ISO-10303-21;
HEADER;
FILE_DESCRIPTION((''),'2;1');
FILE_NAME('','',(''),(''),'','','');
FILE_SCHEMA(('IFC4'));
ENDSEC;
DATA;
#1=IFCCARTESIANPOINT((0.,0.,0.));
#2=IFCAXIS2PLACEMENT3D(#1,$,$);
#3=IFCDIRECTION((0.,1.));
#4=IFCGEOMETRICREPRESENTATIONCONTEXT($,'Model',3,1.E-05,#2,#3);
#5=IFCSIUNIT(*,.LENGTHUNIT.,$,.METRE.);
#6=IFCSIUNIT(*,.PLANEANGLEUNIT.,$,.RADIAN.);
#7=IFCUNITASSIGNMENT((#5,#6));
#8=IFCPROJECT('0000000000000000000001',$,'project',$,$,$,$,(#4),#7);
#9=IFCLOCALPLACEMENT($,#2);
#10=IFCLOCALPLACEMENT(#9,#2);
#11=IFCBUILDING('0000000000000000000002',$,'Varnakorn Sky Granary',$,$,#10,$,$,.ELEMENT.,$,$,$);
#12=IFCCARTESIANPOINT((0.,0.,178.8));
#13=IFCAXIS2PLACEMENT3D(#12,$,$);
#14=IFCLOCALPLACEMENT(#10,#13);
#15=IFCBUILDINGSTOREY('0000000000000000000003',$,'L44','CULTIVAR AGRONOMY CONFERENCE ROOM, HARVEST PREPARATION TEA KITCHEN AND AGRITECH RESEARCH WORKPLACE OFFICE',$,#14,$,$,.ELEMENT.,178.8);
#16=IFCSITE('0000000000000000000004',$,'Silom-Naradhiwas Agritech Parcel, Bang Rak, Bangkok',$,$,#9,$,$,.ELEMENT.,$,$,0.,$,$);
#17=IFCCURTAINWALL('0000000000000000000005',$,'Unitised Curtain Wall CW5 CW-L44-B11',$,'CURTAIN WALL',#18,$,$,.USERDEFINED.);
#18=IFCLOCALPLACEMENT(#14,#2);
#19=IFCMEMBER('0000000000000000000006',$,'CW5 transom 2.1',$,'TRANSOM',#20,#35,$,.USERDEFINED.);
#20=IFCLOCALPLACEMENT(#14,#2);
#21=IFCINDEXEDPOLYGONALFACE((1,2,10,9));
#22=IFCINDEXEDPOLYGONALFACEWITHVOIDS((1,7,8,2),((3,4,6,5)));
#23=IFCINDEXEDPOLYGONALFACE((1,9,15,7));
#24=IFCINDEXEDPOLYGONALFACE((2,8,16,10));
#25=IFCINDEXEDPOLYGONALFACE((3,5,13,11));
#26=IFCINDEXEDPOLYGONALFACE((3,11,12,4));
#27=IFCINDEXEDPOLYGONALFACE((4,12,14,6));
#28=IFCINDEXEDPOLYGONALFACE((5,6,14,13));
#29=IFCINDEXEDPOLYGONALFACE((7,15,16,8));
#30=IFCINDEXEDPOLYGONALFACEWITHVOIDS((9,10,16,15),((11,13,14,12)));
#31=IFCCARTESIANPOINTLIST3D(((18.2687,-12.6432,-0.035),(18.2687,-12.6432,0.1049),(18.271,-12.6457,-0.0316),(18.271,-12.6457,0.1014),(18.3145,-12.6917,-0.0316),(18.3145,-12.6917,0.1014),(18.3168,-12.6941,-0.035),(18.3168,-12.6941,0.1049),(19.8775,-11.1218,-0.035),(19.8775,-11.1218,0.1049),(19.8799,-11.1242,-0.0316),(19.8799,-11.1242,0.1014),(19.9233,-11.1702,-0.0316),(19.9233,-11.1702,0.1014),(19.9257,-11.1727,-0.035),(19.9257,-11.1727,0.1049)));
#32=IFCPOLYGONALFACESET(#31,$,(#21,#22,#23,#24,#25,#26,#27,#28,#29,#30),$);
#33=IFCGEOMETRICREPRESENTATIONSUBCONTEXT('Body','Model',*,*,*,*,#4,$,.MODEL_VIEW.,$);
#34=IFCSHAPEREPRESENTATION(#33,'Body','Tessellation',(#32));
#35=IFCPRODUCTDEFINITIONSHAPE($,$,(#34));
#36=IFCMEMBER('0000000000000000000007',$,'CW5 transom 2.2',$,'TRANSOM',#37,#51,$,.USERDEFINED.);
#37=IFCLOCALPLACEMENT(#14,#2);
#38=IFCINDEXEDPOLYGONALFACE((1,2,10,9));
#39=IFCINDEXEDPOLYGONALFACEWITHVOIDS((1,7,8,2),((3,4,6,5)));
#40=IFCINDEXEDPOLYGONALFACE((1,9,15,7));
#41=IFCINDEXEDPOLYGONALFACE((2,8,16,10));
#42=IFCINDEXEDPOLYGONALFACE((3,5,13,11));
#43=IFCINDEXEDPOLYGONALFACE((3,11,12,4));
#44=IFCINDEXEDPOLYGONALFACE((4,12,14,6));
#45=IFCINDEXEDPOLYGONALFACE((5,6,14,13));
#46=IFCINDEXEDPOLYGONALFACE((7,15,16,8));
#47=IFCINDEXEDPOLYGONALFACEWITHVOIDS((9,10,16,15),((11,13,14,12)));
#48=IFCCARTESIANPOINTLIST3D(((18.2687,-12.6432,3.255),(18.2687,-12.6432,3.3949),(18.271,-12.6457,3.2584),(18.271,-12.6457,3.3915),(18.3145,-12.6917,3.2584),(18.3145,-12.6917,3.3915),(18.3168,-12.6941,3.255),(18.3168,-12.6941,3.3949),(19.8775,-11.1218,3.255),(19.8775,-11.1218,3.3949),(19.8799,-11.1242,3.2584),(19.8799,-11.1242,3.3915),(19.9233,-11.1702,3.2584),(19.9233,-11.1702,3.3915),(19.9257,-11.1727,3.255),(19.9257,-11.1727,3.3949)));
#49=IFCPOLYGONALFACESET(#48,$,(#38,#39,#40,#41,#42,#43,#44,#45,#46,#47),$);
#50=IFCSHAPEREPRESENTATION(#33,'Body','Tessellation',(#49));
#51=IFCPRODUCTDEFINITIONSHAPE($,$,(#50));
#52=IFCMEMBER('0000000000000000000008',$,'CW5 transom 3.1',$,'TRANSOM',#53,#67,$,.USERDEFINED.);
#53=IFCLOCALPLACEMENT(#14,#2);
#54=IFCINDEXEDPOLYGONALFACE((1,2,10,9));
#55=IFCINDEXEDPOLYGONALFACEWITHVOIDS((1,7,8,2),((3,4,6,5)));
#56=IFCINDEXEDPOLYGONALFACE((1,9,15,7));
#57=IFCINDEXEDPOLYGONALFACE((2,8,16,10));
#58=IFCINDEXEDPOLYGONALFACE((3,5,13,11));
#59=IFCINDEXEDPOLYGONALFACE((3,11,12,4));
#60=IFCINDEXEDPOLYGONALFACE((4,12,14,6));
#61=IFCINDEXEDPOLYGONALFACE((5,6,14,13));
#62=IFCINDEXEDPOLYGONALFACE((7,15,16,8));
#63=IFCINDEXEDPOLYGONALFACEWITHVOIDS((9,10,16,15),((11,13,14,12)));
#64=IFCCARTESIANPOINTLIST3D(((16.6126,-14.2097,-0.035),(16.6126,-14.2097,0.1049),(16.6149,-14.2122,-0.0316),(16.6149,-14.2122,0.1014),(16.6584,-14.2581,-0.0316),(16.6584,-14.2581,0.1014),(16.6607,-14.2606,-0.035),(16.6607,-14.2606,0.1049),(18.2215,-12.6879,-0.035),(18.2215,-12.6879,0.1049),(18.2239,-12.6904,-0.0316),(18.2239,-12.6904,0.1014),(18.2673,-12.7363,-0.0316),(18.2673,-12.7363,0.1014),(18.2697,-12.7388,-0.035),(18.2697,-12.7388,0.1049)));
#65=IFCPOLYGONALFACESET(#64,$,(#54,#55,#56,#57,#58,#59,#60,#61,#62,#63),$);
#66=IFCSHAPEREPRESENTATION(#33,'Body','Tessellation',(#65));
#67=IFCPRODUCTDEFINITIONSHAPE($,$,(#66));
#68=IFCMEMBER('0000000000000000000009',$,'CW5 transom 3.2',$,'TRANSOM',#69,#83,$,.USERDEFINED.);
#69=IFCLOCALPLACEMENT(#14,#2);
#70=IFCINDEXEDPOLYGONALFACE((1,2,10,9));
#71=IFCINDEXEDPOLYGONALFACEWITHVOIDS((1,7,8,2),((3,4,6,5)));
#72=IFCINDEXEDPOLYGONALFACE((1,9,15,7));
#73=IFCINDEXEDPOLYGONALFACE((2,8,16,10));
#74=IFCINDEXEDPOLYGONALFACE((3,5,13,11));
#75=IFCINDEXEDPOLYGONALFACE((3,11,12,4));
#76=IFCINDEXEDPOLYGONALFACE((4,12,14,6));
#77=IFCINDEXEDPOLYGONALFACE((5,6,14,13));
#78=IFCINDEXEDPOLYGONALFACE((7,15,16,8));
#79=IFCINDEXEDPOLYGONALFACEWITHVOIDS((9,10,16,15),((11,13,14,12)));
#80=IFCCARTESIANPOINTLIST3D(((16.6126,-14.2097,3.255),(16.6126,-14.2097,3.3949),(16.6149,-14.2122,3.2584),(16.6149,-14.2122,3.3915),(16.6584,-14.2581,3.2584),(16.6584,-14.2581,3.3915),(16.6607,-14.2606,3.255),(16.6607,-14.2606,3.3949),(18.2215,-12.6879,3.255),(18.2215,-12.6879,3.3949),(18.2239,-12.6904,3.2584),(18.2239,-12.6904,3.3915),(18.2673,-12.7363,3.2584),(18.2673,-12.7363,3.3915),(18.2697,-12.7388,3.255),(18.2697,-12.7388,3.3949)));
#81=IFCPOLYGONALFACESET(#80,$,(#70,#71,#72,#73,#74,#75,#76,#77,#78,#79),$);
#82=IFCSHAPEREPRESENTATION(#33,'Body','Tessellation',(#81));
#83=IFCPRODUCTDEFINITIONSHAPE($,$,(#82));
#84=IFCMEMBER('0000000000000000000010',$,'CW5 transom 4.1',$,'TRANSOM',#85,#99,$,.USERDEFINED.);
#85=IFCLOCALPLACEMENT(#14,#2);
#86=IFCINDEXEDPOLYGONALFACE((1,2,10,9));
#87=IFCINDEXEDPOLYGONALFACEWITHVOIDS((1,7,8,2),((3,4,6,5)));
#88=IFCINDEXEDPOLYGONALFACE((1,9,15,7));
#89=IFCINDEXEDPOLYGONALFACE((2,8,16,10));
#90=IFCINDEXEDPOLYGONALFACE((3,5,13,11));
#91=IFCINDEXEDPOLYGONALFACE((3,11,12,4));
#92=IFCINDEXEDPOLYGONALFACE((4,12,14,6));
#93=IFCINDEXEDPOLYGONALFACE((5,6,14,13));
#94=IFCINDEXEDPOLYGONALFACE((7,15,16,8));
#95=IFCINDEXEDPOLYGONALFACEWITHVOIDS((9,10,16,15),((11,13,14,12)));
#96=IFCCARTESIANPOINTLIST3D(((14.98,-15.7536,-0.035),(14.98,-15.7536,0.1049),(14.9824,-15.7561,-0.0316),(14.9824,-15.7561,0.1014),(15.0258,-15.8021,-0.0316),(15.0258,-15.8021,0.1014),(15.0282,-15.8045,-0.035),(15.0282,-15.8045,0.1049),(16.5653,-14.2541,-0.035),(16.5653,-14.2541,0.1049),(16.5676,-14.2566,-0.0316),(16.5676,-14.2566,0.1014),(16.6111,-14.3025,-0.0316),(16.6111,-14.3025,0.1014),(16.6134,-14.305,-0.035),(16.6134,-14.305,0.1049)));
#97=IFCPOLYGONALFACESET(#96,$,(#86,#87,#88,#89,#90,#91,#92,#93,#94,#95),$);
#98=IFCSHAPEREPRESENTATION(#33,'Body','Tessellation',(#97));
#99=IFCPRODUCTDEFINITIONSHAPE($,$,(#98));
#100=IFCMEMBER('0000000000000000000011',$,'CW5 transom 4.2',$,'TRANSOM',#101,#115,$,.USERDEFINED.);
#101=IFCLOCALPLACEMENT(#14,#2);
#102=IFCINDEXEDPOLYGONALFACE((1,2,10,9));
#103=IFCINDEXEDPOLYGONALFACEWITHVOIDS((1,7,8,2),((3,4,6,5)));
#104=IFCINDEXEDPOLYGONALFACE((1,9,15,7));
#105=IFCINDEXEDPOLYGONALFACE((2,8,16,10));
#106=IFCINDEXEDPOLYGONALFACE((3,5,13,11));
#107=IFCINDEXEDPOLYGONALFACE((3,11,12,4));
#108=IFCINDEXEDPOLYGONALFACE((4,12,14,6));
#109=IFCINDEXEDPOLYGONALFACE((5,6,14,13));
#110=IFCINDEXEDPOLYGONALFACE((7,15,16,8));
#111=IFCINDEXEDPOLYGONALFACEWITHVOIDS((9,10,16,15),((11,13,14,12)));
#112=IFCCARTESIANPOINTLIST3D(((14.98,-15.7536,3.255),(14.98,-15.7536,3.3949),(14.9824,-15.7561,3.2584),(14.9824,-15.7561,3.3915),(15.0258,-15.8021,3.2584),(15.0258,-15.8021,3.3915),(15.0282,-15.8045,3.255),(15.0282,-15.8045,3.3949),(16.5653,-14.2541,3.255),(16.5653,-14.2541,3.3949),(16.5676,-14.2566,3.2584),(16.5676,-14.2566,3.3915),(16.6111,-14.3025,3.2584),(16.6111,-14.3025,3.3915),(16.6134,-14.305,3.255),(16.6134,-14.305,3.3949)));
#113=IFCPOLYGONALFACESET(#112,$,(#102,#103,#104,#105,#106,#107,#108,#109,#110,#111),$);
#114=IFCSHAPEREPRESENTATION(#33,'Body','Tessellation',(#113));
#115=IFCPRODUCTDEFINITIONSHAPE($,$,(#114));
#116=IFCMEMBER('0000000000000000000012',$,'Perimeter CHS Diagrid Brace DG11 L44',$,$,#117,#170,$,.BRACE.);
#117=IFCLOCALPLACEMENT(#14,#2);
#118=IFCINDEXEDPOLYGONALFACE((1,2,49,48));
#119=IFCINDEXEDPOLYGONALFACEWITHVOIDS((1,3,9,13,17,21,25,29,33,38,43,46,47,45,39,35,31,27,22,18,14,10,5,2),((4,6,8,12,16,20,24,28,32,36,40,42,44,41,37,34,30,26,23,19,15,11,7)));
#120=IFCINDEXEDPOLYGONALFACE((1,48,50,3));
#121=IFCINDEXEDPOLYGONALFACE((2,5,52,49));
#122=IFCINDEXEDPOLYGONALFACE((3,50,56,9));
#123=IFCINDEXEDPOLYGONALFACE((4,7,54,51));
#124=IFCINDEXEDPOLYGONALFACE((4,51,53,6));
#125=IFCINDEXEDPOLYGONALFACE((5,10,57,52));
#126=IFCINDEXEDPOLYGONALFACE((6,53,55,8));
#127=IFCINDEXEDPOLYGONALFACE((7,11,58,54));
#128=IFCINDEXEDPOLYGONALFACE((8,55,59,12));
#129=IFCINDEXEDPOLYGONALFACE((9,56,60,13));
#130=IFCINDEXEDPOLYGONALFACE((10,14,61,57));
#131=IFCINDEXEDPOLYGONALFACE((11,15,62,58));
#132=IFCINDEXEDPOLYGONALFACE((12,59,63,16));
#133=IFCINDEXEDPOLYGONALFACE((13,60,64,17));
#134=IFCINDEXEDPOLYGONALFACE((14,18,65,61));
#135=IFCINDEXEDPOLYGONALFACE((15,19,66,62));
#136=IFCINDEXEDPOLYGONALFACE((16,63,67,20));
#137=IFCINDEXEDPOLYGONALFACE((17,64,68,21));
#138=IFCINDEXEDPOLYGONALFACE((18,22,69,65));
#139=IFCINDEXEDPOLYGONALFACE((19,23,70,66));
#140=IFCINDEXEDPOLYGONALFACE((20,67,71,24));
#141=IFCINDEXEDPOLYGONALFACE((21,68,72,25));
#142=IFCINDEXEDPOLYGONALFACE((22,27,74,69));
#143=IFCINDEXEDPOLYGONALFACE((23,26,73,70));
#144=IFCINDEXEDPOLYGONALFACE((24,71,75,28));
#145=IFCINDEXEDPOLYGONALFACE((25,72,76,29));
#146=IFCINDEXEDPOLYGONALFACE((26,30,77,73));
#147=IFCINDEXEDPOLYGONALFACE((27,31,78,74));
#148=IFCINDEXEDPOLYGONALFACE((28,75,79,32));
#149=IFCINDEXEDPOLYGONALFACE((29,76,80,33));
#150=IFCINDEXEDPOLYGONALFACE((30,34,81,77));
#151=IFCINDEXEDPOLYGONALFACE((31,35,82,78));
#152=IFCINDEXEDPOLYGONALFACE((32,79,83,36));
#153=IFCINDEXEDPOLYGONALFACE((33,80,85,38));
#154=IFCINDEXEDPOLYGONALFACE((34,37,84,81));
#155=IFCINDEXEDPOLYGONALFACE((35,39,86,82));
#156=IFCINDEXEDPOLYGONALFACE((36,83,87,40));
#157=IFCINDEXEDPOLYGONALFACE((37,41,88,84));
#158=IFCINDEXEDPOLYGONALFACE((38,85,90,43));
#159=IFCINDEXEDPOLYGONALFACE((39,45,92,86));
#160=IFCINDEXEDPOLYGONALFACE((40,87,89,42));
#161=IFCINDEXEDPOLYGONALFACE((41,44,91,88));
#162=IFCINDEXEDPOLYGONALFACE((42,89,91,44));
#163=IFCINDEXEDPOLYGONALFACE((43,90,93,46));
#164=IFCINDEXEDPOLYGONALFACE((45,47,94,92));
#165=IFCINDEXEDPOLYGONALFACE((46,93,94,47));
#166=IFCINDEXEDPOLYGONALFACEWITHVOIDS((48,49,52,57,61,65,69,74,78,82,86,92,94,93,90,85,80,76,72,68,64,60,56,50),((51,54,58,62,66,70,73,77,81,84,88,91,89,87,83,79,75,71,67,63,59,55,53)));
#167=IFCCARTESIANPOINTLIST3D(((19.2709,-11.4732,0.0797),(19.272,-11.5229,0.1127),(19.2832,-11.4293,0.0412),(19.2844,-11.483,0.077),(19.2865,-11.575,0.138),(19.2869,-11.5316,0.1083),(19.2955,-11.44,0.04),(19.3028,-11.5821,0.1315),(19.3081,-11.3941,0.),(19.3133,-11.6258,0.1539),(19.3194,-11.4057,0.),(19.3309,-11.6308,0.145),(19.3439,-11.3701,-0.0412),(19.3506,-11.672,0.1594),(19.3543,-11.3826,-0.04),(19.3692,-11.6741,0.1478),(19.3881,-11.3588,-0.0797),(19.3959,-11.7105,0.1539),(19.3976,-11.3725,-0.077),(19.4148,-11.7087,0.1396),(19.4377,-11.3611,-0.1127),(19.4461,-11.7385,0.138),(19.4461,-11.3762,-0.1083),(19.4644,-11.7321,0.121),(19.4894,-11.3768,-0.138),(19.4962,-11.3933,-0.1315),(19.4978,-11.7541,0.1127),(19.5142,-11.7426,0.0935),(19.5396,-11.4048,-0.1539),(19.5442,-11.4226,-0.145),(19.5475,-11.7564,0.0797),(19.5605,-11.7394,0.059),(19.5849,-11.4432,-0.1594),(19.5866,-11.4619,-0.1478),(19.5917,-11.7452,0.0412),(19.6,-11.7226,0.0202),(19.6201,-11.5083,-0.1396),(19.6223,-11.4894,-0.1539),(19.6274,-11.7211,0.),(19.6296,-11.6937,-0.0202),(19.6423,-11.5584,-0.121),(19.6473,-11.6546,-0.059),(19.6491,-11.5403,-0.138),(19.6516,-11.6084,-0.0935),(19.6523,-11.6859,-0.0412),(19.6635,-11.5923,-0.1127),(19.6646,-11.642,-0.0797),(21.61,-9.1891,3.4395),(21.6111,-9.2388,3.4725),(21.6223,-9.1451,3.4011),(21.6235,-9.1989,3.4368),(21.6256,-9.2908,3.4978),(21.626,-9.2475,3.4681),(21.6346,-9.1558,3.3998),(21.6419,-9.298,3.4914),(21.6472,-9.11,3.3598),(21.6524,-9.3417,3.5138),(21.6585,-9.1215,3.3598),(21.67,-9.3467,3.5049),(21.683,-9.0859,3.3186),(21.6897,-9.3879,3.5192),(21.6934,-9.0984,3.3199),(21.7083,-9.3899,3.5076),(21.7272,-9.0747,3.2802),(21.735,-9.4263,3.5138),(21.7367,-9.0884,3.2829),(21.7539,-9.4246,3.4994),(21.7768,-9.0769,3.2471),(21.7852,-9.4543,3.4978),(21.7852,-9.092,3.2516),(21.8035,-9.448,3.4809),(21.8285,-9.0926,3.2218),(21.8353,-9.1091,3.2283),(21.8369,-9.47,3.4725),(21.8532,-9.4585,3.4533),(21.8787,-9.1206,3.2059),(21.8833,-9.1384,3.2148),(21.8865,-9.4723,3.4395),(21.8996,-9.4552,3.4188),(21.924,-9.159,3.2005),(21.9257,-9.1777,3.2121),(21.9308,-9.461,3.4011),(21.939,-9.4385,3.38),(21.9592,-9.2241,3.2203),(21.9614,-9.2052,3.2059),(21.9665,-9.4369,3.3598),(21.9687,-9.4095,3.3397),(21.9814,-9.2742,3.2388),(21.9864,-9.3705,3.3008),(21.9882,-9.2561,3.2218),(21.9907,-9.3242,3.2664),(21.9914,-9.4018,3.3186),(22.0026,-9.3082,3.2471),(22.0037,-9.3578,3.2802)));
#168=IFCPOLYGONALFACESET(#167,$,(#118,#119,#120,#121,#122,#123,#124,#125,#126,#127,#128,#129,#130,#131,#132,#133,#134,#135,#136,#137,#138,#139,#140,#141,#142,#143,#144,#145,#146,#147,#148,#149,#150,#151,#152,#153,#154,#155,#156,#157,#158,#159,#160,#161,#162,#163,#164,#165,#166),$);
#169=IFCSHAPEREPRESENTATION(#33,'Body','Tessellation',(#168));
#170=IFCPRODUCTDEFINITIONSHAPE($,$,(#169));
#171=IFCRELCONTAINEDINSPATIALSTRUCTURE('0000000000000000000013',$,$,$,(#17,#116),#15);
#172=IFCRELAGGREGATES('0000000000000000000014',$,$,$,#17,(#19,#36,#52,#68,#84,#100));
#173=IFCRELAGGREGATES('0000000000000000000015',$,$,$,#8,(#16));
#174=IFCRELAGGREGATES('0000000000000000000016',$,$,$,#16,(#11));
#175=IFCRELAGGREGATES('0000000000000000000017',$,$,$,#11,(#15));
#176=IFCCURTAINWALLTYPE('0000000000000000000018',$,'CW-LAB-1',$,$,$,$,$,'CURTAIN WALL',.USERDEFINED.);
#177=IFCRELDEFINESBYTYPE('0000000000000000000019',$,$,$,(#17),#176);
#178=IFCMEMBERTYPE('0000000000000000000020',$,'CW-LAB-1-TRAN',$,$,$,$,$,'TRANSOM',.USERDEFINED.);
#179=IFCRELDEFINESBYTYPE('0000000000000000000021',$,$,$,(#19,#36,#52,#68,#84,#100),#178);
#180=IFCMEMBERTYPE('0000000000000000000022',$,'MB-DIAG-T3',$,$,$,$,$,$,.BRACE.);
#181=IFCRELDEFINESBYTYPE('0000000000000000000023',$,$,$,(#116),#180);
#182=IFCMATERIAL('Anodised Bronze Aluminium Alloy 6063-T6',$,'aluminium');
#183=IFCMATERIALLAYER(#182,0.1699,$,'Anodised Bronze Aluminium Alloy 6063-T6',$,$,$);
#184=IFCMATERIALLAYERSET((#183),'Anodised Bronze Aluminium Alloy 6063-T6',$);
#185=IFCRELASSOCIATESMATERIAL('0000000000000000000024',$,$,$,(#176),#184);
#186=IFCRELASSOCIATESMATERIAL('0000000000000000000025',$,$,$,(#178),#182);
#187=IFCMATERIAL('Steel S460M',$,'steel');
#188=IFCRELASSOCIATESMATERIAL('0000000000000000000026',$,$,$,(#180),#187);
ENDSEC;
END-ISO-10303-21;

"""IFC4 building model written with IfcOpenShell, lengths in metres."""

from ifc_helpers import new_model, si_unit, direction, frame, origin, origin_2d, place, context, subcontext, project, spatial, hollow_rectangle, hollow_circle, extrude, material, layer, layer_set, material_profile, profile_set, type_object, element, aggregate, save


model = new_model("IFC4")

# Units and contexts
model_context = context("Model", 3, precision=1e-05, world=origin(), true_north=direction((0.0, 1.0)))
body_context = subcontext(model_context, "Body", "Model", "MODEL_VIEW")
ifc_project = project(units=[si_unit("LENGTHUNIT", "METRE"), si_unit("PLANEANGLEUNIT", "RADIAN")], contexts=[model_context])

# Site, building, storey
site_placement = place(None, origin())
site = spatial("IfcSite", under=ifc_project, at=site_placement, Name="Silom-Naradhiwas Agritech Parcel, Bang Rak, Bangkok", CompositionType="ELEMENT", RefElevation=0.0)
building_placement = place(site_placement, origin())
building = spatial("IfcBuilding", under=site, at=building_placement, Name="Varnakorn Sky Granary", CompositionType="ELEMENT")
storey_placement = place(building_placement, frame((0.0, 0.0, 178.8)))
storey = spatial("IfcBuildingStorey", under=building, at=storey_placement, Name="L44", Description="CULTIVAR AGRONOMY CONFERENCE ROOM, HARVEST PREPARATION TEA KITCHEN AND AGRITECH RESEARCH WORKPLACE OFFICE", CompositionType="ELEMENT", Elevation=178.8)

# Shared definitions
ifc_material_1 = material(Name="Steel S460M", Category="steel")

# Shared definitions
ifc_material_2 = material(Name="Anodised Bronze Aluminium Alloy 6063-T6", Category="aluminium")
ifc_layer_1 = layer(ifc_material_2, 0.1699, Name="Anodised Bronze Aluminium Alloy 6063-T6")
ifc_layer_set_1 = layer_set([ifc_layer_1], Name="Anodised Bronze Aluminium Alloy 6063-T6")
curtain_wall_type = type_object("IfcCurtainWallType", Name="CW-LAB-1", ElementType="CURTAIN WALL", PredefinedType="USERDEFINED", material=ifc_layer_set_1)

# Curtain wall
curtain_wall_1_placement = place(storey_placement, origin())
curtain_wall_1 = element("IfcCurtainWall", 1, at=curtain_wall_1_placement, inside=storey, type_object=curtain_wall_type, Name="Unitised Curtain Wall CW5 CW-L44-B11", ObjectType="CURTAIN WALL", PredefinedType="USERDEFINED")

# Members
ifc_material_profile_1 = material_profile(ifc_material_2, hollow_rectangle(XDim=0.0701, YDim=0.1399, WallThickness=0.0034, at=origin_2d()), Name="ALU TRAN 70x140")
ifc_profile_set_1 = profile_set([ifc_material_profile_1], Name="Anodised Bronze Aluminium Alloy 6063-T6")
member_type_1 = type_object("IfcMemberType", Name="CW-LAB-1-TRAN", ElementType="TRANSOM", PredefinedType="USERDEFINED", material=ifc_profile_set_1)
member_1_placement = place(storey_placement, frame((19.9016, -11.1472, 0.0349), z_axis=(-0.726567, -0.687096, 0.0), x_axis=(0.687096, -0.726567, 0.0)))
member_1 = element("IfcMember", 2, at=member_1_placement, type_object=member_type_1, Name="CW5 transom 2.1", ObjectType="TRANSOM", PredefinedType="USERDEFINED", context=body_context, shape_type="SweptSolid", body=[
    extrude(hollow_rectangle(XDim=0.0701, YDim=0.1399, WallThickness=0.0034, at=origin_2d()), origin(), (0.0, 0.0, 1.0), 2.2144),
])
member_2_placement = place(storey_placement, frame((19.9016, -11.1472, 3.325), z_axis=(-0.726567, -0.687096, 0.0), x_axis=(0.687096, -0.726567, 0.0)))
member_2 = element("IfcMember", 3, at=member_2_placement, type_object=member_type_1, Name="CW5 transom 2.2", ObjectType="TRANSOM", PredefinedType="USERDEFINED", context=body_context, shape_type="SweptSolid", body=[
    extrude(hollow_rectangle(XDim=0.0701, YDim=0.1399, WallThickness=0.0034, at=origin_2d()), origin(), (0.0, 0.0, 1.0), 2.2144),
])
member_3_placement = place(storey_placement, frame((18.2456, -12.7134, 0.0349), z_axis=(-0.726512, -0.687154, 0.0), x_axis=(0.687154, -0.726512, 0.0)))
member_3 = element("IfcMember", 4, at=member_3_placement, type_object=member_type_1, Name="CW5 transom 3.1", ObjectType="TRANSOM", PredefinedType="USERDEFINED", context=body_context, shape_type="SweptSolid", body=[
    extrude(hollow_rectangle(XDim=0.0701, YDim=0.1399, WallThickness=0.0034, at=origin_2d()), origin(), (0.0, 0.0, 1.0), 2.2146),
])
member_4_placement = place(storey_placement, frame((18.2456, -12.7134, 3.325), z_axis=(-0.726512, -0.687154, 0.0), x_axis=(0.687154, -0.726512, 0.0)))
member_4 = element("IfcMember", 5, at=member_4_placement, type_object=member_type_1, Name="CW5 transom 3.2", ObjectType="TRANSOM", PredefinedType="USERDEFINED", context=body_context, shape_type="SweptSolid", body=[
    extrude(hollow_rectangle(XDim=0.0701, YDim=0.1399, WallThickness=0.0034, at=origin_2d()), origin(), (0.0, 0.0, 1.0), 2.2146),
])
member_5_placement = place(storey_placement, frame((16.5894, -14.2795, 0.0349), z_axis=(-0.72647, -0.687198, 0.0), x_axis=(0.687198, -0.72647, 0.0)))
member_5 = element("IfcMember", 6, at=member_5_placement, type_object=member_type_1, Name="CW5 transom 4.1", ObjectType="TRANSOM", PredefinedType="USERDEFINED", context=body_context, shape_type="SweptSolid", body=[
    extrude(hollow_rectangle(XDim=0.0701, YDim=0.1399, WallThickness=0.0034, at=origin_2d()), origin(), (0.0, 0.0, 1.0), 2.1821),
])
member_6_placement = place(storey_placement, frame((16.5894, -14.2795, 3.325), z_axis=(-0.72647, -0.687198, 0.0), x_axis=(0.687198, -0.72647, 0.0)))
member_6 = element("IfcMember", 7, at=member_6_placement, type_object=member_type_1, Name="CW5 transom 4.2", ObjectType="TRANSOM", PredefinedType="USERDEFINED", context=body_context, shape_type="SweptSolid", body=[
    extrude(hollow_rectangle(XDim=0.0701, YDim=0.1399, WallThickness=0.0034, at=origin_2d()), origin(), (0.0, 0.0, 1.0), 2.1821),
])

# Member
ifc_material_profile_2 = material_profile(ifc_material_1, hollow_circle(Radius=0.2285, WallThickness=0.0161, at=origin_2d()), Name="CHS 457x16")
ifc_profile_set_2 = profile_set([ifc_material_profile_2], Name="Steel S460M")
member_type_2 = type_object("IfcMemberType", Name="MB-DIAG-T3", PredefinedType="BRACE", material=ifc_profile_set_2)
member_7_placement = place(storey_placement, frame((19.4678, -11.5576, 0.0), z_axis=(0.498954, 0.487237, 0.71669), x_axis=(-0.698656, 0.715458, 0.0)))
element("IfcMember", 8, at=member_7_placement, inside=storey, type_object=member_type_2, Name="Perimeter CHS Diagrid Brace DG11 L44", PredefinedType="BRACE", context=body_context, shape_type="SweptSolid", body=[
    extrude(hollow_circle(Radius=0.2285, WallThickness=0.0161, at=origin_2d()), origin(), (0.0, 0.0, 1.0), 4.688),
])

aggregate(curtain_wall_1, [member_1, member_2, member_3, member_4, member_5, member_6])

save(model, "model.ifc")
